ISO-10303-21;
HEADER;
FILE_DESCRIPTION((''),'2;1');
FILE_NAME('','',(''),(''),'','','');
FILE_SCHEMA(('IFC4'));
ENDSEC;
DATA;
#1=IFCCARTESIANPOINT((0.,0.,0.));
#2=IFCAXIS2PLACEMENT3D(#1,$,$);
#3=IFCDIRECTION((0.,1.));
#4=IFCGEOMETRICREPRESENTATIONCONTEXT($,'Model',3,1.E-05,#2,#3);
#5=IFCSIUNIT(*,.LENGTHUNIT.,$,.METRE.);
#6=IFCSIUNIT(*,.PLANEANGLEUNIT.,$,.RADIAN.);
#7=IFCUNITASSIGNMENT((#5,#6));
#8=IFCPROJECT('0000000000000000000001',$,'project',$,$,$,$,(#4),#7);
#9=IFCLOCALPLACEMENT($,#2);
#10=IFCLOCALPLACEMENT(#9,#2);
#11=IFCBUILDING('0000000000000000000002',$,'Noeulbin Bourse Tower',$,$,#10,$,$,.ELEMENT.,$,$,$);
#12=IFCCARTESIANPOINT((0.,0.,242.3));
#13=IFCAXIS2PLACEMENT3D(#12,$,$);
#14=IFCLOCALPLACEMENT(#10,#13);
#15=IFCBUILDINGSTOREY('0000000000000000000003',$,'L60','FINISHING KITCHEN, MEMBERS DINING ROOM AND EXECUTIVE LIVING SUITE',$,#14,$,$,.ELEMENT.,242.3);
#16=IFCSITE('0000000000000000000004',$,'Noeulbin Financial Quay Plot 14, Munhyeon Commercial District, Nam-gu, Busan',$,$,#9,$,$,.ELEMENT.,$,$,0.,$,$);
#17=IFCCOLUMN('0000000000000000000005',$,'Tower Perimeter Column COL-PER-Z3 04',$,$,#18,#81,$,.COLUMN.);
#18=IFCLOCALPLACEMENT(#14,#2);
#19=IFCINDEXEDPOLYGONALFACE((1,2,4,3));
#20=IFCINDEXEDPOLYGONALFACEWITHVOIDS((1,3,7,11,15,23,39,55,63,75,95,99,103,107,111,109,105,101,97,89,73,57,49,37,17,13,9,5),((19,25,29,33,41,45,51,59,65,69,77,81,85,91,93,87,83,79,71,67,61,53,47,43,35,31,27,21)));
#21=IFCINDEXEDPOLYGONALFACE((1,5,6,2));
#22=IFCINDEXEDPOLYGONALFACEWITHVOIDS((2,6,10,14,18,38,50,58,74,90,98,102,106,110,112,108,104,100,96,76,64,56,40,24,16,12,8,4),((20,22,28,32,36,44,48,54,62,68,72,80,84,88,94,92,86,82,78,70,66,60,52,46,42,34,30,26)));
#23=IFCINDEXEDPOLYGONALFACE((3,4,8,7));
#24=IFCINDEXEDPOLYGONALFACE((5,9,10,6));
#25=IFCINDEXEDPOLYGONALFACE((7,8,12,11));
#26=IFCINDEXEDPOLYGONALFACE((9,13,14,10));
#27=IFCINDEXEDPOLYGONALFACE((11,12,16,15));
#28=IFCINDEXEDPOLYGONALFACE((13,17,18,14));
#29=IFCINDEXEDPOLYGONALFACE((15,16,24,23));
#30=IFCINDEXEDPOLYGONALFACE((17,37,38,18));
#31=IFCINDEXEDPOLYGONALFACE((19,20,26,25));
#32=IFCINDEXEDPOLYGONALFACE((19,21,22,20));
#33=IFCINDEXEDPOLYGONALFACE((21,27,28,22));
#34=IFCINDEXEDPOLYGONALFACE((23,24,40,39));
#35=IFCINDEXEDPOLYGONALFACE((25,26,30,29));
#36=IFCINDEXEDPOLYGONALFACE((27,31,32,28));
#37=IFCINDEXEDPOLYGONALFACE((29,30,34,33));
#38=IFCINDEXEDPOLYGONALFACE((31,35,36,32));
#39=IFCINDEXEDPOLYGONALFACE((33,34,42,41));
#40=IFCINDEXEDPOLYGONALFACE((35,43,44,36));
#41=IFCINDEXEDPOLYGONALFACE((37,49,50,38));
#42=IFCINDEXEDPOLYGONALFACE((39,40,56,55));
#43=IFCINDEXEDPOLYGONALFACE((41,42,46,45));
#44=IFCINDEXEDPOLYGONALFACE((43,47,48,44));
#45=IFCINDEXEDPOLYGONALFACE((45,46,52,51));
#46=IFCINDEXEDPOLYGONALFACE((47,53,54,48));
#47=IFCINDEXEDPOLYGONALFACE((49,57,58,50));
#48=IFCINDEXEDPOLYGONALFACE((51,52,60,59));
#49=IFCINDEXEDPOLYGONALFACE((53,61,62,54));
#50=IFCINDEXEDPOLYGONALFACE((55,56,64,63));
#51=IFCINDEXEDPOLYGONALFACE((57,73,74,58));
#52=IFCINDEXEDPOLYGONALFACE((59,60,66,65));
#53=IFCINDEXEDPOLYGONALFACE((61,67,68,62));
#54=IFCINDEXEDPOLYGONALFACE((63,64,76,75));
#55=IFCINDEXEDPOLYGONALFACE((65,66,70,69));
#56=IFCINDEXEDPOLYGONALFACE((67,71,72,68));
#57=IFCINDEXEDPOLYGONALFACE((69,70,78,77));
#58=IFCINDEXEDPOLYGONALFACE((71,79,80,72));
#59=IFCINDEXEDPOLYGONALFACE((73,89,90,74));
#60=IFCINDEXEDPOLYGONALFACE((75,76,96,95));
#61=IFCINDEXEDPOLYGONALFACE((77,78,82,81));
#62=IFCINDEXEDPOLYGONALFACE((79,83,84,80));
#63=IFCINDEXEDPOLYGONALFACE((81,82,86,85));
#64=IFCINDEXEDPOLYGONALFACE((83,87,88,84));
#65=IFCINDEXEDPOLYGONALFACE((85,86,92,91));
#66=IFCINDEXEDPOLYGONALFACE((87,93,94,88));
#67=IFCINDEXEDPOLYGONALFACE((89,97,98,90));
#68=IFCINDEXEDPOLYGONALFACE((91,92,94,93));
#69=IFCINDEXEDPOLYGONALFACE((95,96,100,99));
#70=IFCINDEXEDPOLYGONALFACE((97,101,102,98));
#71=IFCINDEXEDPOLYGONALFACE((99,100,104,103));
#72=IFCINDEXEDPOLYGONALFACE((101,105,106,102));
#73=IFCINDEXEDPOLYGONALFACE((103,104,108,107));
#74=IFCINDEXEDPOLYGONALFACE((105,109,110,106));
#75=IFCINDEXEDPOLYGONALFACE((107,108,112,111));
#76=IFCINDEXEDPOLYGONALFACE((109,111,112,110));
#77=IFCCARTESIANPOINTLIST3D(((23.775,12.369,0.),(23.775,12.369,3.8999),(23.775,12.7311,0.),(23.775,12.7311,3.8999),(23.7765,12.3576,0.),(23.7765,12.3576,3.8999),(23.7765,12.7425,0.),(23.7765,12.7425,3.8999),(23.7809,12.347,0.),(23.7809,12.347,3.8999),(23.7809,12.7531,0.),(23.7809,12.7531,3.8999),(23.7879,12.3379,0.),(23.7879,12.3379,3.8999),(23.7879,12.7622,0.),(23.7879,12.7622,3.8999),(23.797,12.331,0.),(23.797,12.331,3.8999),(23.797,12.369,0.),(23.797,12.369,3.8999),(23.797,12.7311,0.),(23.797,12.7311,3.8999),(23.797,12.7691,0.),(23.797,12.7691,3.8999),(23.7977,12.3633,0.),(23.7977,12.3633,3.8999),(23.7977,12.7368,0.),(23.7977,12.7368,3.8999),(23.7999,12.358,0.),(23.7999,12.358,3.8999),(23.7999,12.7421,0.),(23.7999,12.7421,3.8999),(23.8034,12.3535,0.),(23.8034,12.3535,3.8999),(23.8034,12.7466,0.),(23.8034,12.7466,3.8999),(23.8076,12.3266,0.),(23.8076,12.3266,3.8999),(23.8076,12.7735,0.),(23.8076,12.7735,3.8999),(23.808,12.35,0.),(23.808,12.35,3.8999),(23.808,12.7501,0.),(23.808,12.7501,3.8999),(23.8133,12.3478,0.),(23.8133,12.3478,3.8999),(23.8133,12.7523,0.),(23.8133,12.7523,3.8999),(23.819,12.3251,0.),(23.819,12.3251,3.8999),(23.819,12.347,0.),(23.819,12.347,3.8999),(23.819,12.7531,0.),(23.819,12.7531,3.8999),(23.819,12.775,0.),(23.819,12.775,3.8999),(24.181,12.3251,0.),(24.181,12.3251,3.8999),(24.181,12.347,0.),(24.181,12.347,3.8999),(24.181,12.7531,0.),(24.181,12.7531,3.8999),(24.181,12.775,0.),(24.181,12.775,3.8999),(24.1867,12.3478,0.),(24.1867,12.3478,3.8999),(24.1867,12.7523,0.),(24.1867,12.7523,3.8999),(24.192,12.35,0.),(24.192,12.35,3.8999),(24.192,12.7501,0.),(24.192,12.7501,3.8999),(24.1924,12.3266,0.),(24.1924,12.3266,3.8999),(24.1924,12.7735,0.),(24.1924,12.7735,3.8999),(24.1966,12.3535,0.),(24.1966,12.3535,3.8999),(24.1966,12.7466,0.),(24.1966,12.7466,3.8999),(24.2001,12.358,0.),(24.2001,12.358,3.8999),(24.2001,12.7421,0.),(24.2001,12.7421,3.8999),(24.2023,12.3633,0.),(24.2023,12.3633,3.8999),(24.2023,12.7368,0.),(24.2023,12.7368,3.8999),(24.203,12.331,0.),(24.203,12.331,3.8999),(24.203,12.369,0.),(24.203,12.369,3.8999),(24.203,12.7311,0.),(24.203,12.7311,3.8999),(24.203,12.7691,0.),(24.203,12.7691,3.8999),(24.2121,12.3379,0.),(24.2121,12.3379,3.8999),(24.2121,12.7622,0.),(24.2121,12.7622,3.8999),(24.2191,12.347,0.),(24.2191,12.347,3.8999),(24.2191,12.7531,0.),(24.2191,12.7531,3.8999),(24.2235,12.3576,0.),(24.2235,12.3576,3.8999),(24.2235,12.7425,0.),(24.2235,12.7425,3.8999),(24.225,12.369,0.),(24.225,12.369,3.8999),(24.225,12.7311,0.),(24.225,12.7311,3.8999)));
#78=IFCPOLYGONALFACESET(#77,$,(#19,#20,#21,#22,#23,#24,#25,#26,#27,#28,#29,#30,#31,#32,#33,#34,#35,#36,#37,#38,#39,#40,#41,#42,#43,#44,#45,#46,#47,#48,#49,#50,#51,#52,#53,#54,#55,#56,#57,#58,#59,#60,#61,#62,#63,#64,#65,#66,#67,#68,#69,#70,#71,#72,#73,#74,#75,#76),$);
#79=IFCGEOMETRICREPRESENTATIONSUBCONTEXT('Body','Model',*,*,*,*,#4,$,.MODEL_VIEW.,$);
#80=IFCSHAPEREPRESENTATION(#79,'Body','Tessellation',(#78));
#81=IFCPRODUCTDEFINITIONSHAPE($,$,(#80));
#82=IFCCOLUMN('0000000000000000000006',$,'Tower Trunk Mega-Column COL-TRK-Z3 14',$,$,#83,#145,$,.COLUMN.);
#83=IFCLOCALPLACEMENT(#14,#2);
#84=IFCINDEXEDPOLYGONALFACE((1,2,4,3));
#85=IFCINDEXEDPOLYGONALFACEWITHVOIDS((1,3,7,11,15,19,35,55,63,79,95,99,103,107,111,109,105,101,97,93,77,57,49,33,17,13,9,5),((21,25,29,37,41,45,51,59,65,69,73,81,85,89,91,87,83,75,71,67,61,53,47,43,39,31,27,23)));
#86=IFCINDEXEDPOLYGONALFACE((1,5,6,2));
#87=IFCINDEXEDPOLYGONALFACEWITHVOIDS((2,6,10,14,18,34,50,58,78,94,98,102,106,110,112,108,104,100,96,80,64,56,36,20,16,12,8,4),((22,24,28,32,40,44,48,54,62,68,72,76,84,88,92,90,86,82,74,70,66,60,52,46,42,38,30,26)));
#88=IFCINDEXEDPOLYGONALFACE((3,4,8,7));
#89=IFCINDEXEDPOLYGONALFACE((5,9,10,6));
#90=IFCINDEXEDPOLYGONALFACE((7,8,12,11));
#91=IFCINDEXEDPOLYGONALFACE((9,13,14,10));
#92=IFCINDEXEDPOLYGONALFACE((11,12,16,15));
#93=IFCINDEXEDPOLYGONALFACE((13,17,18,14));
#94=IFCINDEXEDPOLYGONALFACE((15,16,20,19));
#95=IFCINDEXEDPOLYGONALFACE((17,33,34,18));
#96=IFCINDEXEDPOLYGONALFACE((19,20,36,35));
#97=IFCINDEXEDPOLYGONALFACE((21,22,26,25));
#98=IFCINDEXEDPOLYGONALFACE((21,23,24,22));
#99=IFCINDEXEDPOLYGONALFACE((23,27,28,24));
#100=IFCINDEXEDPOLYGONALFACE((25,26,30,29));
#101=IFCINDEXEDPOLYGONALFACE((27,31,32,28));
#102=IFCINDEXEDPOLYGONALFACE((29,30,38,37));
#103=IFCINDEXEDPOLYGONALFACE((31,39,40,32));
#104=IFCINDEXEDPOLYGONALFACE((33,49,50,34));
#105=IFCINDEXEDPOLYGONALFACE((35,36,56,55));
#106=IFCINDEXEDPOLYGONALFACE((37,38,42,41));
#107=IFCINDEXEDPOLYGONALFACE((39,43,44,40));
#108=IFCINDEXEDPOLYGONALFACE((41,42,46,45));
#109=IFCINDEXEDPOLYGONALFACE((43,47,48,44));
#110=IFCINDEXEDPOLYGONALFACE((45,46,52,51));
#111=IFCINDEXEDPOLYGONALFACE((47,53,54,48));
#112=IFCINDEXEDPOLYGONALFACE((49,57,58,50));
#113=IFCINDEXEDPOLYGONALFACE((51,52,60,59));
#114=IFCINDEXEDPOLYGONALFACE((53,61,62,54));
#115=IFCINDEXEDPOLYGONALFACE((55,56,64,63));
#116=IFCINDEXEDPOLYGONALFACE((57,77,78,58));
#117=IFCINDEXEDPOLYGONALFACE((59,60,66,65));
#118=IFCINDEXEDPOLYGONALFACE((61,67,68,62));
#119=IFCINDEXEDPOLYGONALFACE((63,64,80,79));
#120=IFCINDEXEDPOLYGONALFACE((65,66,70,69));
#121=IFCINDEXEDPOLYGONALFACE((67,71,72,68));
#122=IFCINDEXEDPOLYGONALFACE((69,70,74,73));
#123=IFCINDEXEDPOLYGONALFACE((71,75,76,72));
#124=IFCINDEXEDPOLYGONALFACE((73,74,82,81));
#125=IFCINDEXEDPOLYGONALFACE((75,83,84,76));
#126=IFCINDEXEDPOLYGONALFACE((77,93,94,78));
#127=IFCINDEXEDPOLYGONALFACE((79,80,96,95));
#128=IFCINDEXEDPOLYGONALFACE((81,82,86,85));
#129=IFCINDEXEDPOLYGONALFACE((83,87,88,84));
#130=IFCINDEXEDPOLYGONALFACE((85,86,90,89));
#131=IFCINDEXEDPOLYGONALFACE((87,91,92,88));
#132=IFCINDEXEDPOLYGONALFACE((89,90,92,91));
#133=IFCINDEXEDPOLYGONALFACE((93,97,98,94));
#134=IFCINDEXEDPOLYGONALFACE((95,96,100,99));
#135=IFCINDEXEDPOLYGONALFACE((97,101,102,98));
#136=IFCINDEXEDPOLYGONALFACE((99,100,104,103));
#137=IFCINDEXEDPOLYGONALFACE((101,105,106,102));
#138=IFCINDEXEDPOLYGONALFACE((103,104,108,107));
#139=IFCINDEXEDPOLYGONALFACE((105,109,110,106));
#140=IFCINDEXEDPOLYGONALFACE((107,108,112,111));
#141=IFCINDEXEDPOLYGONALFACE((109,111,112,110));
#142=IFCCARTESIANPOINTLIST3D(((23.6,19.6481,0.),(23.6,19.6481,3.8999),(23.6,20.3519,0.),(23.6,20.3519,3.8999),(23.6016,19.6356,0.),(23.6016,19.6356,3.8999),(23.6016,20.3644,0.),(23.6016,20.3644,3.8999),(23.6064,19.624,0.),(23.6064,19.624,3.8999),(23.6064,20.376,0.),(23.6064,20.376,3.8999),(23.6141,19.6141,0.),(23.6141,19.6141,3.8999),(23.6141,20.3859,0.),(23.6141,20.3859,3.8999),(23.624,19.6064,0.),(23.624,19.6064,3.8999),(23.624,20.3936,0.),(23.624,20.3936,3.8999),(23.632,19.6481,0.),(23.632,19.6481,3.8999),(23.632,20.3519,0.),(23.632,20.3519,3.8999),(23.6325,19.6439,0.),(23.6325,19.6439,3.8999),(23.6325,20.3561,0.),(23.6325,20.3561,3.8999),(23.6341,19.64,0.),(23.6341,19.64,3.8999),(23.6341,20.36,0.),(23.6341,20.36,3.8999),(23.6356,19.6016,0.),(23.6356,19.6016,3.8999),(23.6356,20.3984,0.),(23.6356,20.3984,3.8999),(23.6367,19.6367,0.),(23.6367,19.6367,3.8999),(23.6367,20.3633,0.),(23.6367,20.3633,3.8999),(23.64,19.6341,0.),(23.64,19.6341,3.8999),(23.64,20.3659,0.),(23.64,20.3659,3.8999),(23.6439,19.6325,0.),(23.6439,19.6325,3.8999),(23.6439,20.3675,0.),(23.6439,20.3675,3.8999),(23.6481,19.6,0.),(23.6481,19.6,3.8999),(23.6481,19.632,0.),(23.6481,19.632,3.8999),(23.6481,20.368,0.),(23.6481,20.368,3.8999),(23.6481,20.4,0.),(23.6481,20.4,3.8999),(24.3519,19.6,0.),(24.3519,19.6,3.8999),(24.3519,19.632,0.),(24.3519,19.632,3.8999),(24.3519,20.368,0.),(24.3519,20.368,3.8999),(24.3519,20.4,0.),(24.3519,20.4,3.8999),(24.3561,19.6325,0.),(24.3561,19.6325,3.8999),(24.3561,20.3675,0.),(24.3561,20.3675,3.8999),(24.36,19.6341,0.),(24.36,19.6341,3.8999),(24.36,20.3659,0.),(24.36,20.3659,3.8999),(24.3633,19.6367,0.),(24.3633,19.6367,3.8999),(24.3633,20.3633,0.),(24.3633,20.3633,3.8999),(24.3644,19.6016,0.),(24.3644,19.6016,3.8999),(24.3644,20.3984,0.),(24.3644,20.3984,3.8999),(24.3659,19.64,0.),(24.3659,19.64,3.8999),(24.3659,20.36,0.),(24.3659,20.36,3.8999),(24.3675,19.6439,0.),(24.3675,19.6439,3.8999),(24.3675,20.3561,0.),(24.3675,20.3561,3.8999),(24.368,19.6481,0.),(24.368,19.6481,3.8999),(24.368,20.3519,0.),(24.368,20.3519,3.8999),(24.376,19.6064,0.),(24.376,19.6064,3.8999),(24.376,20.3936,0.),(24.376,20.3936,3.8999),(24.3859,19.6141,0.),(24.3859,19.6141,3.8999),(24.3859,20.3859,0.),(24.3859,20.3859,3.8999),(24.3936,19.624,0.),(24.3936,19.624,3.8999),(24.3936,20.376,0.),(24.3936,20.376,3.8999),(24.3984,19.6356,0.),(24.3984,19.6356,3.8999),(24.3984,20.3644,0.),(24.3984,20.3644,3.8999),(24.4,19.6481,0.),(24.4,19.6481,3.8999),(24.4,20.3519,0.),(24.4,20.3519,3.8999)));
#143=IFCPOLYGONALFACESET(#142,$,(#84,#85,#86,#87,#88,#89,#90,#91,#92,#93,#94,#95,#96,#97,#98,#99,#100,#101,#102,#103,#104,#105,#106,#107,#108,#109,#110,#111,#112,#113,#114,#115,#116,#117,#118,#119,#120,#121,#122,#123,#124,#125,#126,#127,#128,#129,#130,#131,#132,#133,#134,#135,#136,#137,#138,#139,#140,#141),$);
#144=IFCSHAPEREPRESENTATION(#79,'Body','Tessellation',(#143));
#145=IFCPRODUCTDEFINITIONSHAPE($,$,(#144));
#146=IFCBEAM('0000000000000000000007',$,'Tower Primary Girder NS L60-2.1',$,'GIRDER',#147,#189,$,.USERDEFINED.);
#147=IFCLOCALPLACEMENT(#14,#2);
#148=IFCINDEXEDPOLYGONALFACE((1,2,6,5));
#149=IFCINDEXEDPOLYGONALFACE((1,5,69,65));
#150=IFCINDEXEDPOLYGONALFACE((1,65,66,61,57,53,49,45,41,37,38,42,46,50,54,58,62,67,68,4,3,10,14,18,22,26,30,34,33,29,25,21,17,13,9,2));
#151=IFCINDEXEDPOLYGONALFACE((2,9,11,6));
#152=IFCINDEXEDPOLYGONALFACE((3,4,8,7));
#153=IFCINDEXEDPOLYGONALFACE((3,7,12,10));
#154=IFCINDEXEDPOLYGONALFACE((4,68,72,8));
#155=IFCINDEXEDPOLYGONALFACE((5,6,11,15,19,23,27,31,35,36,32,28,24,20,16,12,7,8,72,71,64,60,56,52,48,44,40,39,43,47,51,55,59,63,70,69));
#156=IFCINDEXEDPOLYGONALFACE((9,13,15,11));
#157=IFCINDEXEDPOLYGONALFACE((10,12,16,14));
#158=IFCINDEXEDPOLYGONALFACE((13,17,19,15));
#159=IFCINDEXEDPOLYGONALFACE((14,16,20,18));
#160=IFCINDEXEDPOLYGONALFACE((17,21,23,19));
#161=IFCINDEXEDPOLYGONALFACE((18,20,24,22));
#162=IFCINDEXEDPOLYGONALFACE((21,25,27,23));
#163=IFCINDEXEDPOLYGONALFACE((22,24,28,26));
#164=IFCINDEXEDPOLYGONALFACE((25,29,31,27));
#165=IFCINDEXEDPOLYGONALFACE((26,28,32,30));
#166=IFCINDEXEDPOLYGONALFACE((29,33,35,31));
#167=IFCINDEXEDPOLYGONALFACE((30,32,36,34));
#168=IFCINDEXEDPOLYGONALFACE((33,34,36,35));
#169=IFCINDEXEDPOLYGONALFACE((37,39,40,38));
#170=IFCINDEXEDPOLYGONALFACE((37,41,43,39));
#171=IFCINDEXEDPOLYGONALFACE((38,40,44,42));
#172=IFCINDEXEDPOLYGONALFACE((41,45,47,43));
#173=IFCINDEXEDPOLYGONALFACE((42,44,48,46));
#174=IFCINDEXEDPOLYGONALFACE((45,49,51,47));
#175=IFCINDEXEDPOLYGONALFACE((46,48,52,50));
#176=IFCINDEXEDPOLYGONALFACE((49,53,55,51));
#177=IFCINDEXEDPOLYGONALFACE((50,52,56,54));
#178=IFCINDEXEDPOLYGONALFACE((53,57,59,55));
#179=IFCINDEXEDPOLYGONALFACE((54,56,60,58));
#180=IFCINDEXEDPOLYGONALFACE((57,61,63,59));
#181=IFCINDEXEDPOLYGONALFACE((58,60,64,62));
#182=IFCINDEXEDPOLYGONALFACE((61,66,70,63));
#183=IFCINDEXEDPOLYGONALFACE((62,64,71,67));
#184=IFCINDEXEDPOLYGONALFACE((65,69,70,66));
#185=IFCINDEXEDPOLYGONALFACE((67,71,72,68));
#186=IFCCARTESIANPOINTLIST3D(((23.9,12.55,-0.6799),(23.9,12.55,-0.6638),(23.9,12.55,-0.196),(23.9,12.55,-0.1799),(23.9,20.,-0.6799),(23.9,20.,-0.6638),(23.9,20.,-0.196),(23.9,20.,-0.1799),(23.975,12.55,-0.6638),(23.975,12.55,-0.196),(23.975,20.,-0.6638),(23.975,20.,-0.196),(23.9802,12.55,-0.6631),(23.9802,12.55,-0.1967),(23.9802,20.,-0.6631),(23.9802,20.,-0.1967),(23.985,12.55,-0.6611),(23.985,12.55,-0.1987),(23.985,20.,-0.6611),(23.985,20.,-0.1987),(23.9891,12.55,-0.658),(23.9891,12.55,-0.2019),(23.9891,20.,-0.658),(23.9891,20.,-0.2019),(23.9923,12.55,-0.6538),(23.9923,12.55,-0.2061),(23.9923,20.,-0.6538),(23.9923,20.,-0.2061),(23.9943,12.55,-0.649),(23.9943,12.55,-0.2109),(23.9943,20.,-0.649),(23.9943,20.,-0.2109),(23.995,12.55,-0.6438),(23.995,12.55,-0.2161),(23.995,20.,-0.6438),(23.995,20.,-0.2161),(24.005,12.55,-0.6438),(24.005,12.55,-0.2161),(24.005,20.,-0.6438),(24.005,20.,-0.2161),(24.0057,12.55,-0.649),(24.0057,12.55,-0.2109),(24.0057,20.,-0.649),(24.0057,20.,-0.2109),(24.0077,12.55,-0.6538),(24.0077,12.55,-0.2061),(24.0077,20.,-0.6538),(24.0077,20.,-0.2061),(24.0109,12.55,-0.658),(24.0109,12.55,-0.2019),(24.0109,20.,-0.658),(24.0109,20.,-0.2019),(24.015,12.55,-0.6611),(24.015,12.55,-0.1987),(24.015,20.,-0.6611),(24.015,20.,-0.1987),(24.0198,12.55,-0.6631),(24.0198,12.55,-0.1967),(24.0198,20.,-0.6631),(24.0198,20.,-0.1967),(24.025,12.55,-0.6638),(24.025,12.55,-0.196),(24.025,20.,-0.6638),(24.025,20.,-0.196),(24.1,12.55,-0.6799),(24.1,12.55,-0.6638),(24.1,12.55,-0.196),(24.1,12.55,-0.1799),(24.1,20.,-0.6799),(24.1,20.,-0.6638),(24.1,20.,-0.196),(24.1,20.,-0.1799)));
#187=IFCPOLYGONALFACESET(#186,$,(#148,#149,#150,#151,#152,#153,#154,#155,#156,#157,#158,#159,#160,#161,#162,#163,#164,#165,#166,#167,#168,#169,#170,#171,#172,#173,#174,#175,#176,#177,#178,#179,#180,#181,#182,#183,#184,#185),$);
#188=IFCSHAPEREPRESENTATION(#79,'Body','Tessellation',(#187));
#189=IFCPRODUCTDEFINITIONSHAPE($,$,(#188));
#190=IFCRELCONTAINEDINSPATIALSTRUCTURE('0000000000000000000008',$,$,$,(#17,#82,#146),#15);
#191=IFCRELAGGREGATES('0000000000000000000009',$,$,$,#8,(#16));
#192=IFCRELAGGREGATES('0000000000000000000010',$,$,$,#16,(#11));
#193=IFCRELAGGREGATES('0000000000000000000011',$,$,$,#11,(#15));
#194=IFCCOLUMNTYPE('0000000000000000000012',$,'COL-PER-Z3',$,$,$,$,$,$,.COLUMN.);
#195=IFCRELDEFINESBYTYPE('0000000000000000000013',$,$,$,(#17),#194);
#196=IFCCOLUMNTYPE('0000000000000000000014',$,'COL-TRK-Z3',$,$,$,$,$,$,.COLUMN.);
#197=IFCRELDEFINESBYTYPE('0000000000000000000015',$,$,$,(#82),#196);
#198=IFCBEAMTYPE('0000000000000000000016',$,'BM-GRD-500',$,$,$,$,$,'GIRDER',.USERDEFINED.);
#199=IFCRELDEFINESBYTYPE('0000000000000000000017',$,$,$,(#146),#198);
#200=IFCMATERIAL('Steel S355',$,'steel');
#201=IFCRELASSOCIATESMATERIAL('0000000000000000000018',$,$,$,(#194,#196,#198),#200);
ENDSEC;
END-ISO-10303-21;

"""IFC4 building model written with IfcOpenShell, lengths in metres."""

from ifc_helpers import new_model, si_unit, direction, frame, origin, origin_2d, place, context, subcontext, project, spatial, hollow_rectangle, i_section, extrude, material, material_profile, profile_set, type_object, element, save


model = new_model("IFC4")

# Units and contexts
model_context = context("Model", 3, precision=1e-05, world=origin(), true_north=direction((0.0, 1.0)))
body_context = subcontext(model_context, "Body", "Model", "MODEL_VIEW")
ifc_project = project(units=[si_unit("LENGTHUNIT", "METRE"), si_unit("PLANEANGLEUNIT", "RADIAN")], contexts=[model_context])

# Site, building, storey
site_placement = place(None, origin())
site = spatial("IfcSite", under=ifc_project, at=site_placement, Name="Noeulbin Financial Quay Plot 14, Munhyeon Commercial District, Nam-gu, Busan", CompositionType="ELEMENT", RefElevation=0.0)
building_placement = place(site_placement, origin())
building = spatial("IfcBuilding", under=site, at=building_placement, Name="Noeulbin Bourse Tower", CompositionType="ELEMENT")
storey_placement = place(building_placement, frame((0.0, 0.0, 242.3)))
storey = spatial("IfcBuildingStorey", under=building, at=storey_placement, Name="L60", Description="FINISHING KITCHEN, MEMBERS DINING ROOM AND EXECUTIVE LIVING SUITE", CompositionType="ELEMENT", Elevation=242.3)

# Columns
ifc_material_1 = material(Name="Steel S355", Category="steel")
ifc_material_profile_1 = material_profile(ifc_material_1, hollow_rectangle(XDim=0.45, YDim=0.45, WallThickness=0.022, InnerFilletRadius=0.022, OuterFilletRadius=0.0439, at=origin_2d()), Name="SHS-450x450x22", Category="LoadBearing")
ifc_profile_set_1 = profile_set([ifc_material_profile_1], Name="Steel S355")
column_type_1 = type_object("IfcColumnType", Name="COL-PER-Z3", PredefinedType="COLUMN", material=ifc_profile_set_1)
column_1_placement = place(storey_placement, frame((24.0, 12.55, 0.0), z_axis=(0.0, 0.0, 1.0), x_axis=(1.0, 0.0, 0.0)))
element("IfcColumn", 1, at=column_1_placement, inside=storey, type_object=column_type_1, Name="Tower Perimeter Column COL-PER-Z3 04", PredefinedType="COLUMN", context=body_context, shape_type="SweptSolid", body=[
    extrude(hollow_rectangle(XDim=0.45, YDim=0.45, WallThickness=0.022, InnerFilletRadius=0.022, OuterFilletRadius=0.0439, at=origin_2d()), origin(), (0.0, 0.0, 1.0), 3.8999),
])
ifc_material_profile_2 = material_profile(ifc_material_1, hollow_rectangle(XDim=0.8, YDim=0.8, WallThickness=0.032, InnerFilletRadius=0.0161, OuterFilletRadius=0.0481, at=origin_2d()), Name="BOX-800x800x32", Category="LoadBearing")
ifc_profile_set_2 = profile_set([ifc_material_profile_2], Name="Steel S355")
column_type_2 = type_object("IfcColumnType", Name="COL-TRK-Z3", PredefinedType="COLUMN", material=ifc_profile_set_2)
column_2_placement = place(storey_placement, frame((24.0, 20.0, 0.0), z_axis=(0.0, 0.0, 1.0), x_axis=(1.0, 0.0, 0.0)))
element("IfcColumn", 2, at=column_2_placement, inside=storey, type_object=column_type_2, Name="Tower Trunk Mega-Column COL-TRK-Z3 14", PredefinedType="COLUMN", context=body_context, shape_type="SweptSolid", body=[
    extrude(hollow_rectangle(XDim=0.8, YDim=0.8, WallThickness=0.032, InnerFilletRadius=0.0161, OuterFilletRadius=0.0481, at=origin_2d()), origin(), (0.0, 0.0, 1.0), 3.8999),
])

# Beam
ifc_material_profile_3 = material_profile(ifc_material_1, i_section(OverallWidth=0.2, OverallDepth=0.5, WebThickness=0.01, FlangeThickness=0.0161, FilletRadius=0.02, at=origin_2d()), Name="H-500x200x10x16", Category="LoadBearing")
ifc_profile_set_3 = profile_set([ifc_material_profile_3], Name="Steel S355")
beam_type_1 = type_object("IfcBeamType", Name="BM-GRD-500", ElementType="GIRDER", PredefinedType="USERDEFINED", material=ifc_profile_set_3)
beam_1_placement = place(storey_placement, frame((24.0, 12.55, -0.4299), z_axis=(0.0, 1.0, 0.0), x_axis=(-1.0, 0.0, 0.0)))
element("IfcBeam", 3, at=beam_1_placement, inside=storey, type_object=beam_type_1, Name="Tower Primary Girder NS L60-2.1", ObjectType="GIRDER", PredefinedType="USERDEFINED", context=body_context, shape_type="SweptSolid", body=[
    extrude(i_section(OverallWidth=0.2, OverallDepth=0.5, WebThickness=0.01, FlangeThickness=0.0161, FilletRadius=0.02, at=origin_2d()), origin(), (0.0, 0.0, 1.0), 7.45),
])

save(model, "model.ifc")
